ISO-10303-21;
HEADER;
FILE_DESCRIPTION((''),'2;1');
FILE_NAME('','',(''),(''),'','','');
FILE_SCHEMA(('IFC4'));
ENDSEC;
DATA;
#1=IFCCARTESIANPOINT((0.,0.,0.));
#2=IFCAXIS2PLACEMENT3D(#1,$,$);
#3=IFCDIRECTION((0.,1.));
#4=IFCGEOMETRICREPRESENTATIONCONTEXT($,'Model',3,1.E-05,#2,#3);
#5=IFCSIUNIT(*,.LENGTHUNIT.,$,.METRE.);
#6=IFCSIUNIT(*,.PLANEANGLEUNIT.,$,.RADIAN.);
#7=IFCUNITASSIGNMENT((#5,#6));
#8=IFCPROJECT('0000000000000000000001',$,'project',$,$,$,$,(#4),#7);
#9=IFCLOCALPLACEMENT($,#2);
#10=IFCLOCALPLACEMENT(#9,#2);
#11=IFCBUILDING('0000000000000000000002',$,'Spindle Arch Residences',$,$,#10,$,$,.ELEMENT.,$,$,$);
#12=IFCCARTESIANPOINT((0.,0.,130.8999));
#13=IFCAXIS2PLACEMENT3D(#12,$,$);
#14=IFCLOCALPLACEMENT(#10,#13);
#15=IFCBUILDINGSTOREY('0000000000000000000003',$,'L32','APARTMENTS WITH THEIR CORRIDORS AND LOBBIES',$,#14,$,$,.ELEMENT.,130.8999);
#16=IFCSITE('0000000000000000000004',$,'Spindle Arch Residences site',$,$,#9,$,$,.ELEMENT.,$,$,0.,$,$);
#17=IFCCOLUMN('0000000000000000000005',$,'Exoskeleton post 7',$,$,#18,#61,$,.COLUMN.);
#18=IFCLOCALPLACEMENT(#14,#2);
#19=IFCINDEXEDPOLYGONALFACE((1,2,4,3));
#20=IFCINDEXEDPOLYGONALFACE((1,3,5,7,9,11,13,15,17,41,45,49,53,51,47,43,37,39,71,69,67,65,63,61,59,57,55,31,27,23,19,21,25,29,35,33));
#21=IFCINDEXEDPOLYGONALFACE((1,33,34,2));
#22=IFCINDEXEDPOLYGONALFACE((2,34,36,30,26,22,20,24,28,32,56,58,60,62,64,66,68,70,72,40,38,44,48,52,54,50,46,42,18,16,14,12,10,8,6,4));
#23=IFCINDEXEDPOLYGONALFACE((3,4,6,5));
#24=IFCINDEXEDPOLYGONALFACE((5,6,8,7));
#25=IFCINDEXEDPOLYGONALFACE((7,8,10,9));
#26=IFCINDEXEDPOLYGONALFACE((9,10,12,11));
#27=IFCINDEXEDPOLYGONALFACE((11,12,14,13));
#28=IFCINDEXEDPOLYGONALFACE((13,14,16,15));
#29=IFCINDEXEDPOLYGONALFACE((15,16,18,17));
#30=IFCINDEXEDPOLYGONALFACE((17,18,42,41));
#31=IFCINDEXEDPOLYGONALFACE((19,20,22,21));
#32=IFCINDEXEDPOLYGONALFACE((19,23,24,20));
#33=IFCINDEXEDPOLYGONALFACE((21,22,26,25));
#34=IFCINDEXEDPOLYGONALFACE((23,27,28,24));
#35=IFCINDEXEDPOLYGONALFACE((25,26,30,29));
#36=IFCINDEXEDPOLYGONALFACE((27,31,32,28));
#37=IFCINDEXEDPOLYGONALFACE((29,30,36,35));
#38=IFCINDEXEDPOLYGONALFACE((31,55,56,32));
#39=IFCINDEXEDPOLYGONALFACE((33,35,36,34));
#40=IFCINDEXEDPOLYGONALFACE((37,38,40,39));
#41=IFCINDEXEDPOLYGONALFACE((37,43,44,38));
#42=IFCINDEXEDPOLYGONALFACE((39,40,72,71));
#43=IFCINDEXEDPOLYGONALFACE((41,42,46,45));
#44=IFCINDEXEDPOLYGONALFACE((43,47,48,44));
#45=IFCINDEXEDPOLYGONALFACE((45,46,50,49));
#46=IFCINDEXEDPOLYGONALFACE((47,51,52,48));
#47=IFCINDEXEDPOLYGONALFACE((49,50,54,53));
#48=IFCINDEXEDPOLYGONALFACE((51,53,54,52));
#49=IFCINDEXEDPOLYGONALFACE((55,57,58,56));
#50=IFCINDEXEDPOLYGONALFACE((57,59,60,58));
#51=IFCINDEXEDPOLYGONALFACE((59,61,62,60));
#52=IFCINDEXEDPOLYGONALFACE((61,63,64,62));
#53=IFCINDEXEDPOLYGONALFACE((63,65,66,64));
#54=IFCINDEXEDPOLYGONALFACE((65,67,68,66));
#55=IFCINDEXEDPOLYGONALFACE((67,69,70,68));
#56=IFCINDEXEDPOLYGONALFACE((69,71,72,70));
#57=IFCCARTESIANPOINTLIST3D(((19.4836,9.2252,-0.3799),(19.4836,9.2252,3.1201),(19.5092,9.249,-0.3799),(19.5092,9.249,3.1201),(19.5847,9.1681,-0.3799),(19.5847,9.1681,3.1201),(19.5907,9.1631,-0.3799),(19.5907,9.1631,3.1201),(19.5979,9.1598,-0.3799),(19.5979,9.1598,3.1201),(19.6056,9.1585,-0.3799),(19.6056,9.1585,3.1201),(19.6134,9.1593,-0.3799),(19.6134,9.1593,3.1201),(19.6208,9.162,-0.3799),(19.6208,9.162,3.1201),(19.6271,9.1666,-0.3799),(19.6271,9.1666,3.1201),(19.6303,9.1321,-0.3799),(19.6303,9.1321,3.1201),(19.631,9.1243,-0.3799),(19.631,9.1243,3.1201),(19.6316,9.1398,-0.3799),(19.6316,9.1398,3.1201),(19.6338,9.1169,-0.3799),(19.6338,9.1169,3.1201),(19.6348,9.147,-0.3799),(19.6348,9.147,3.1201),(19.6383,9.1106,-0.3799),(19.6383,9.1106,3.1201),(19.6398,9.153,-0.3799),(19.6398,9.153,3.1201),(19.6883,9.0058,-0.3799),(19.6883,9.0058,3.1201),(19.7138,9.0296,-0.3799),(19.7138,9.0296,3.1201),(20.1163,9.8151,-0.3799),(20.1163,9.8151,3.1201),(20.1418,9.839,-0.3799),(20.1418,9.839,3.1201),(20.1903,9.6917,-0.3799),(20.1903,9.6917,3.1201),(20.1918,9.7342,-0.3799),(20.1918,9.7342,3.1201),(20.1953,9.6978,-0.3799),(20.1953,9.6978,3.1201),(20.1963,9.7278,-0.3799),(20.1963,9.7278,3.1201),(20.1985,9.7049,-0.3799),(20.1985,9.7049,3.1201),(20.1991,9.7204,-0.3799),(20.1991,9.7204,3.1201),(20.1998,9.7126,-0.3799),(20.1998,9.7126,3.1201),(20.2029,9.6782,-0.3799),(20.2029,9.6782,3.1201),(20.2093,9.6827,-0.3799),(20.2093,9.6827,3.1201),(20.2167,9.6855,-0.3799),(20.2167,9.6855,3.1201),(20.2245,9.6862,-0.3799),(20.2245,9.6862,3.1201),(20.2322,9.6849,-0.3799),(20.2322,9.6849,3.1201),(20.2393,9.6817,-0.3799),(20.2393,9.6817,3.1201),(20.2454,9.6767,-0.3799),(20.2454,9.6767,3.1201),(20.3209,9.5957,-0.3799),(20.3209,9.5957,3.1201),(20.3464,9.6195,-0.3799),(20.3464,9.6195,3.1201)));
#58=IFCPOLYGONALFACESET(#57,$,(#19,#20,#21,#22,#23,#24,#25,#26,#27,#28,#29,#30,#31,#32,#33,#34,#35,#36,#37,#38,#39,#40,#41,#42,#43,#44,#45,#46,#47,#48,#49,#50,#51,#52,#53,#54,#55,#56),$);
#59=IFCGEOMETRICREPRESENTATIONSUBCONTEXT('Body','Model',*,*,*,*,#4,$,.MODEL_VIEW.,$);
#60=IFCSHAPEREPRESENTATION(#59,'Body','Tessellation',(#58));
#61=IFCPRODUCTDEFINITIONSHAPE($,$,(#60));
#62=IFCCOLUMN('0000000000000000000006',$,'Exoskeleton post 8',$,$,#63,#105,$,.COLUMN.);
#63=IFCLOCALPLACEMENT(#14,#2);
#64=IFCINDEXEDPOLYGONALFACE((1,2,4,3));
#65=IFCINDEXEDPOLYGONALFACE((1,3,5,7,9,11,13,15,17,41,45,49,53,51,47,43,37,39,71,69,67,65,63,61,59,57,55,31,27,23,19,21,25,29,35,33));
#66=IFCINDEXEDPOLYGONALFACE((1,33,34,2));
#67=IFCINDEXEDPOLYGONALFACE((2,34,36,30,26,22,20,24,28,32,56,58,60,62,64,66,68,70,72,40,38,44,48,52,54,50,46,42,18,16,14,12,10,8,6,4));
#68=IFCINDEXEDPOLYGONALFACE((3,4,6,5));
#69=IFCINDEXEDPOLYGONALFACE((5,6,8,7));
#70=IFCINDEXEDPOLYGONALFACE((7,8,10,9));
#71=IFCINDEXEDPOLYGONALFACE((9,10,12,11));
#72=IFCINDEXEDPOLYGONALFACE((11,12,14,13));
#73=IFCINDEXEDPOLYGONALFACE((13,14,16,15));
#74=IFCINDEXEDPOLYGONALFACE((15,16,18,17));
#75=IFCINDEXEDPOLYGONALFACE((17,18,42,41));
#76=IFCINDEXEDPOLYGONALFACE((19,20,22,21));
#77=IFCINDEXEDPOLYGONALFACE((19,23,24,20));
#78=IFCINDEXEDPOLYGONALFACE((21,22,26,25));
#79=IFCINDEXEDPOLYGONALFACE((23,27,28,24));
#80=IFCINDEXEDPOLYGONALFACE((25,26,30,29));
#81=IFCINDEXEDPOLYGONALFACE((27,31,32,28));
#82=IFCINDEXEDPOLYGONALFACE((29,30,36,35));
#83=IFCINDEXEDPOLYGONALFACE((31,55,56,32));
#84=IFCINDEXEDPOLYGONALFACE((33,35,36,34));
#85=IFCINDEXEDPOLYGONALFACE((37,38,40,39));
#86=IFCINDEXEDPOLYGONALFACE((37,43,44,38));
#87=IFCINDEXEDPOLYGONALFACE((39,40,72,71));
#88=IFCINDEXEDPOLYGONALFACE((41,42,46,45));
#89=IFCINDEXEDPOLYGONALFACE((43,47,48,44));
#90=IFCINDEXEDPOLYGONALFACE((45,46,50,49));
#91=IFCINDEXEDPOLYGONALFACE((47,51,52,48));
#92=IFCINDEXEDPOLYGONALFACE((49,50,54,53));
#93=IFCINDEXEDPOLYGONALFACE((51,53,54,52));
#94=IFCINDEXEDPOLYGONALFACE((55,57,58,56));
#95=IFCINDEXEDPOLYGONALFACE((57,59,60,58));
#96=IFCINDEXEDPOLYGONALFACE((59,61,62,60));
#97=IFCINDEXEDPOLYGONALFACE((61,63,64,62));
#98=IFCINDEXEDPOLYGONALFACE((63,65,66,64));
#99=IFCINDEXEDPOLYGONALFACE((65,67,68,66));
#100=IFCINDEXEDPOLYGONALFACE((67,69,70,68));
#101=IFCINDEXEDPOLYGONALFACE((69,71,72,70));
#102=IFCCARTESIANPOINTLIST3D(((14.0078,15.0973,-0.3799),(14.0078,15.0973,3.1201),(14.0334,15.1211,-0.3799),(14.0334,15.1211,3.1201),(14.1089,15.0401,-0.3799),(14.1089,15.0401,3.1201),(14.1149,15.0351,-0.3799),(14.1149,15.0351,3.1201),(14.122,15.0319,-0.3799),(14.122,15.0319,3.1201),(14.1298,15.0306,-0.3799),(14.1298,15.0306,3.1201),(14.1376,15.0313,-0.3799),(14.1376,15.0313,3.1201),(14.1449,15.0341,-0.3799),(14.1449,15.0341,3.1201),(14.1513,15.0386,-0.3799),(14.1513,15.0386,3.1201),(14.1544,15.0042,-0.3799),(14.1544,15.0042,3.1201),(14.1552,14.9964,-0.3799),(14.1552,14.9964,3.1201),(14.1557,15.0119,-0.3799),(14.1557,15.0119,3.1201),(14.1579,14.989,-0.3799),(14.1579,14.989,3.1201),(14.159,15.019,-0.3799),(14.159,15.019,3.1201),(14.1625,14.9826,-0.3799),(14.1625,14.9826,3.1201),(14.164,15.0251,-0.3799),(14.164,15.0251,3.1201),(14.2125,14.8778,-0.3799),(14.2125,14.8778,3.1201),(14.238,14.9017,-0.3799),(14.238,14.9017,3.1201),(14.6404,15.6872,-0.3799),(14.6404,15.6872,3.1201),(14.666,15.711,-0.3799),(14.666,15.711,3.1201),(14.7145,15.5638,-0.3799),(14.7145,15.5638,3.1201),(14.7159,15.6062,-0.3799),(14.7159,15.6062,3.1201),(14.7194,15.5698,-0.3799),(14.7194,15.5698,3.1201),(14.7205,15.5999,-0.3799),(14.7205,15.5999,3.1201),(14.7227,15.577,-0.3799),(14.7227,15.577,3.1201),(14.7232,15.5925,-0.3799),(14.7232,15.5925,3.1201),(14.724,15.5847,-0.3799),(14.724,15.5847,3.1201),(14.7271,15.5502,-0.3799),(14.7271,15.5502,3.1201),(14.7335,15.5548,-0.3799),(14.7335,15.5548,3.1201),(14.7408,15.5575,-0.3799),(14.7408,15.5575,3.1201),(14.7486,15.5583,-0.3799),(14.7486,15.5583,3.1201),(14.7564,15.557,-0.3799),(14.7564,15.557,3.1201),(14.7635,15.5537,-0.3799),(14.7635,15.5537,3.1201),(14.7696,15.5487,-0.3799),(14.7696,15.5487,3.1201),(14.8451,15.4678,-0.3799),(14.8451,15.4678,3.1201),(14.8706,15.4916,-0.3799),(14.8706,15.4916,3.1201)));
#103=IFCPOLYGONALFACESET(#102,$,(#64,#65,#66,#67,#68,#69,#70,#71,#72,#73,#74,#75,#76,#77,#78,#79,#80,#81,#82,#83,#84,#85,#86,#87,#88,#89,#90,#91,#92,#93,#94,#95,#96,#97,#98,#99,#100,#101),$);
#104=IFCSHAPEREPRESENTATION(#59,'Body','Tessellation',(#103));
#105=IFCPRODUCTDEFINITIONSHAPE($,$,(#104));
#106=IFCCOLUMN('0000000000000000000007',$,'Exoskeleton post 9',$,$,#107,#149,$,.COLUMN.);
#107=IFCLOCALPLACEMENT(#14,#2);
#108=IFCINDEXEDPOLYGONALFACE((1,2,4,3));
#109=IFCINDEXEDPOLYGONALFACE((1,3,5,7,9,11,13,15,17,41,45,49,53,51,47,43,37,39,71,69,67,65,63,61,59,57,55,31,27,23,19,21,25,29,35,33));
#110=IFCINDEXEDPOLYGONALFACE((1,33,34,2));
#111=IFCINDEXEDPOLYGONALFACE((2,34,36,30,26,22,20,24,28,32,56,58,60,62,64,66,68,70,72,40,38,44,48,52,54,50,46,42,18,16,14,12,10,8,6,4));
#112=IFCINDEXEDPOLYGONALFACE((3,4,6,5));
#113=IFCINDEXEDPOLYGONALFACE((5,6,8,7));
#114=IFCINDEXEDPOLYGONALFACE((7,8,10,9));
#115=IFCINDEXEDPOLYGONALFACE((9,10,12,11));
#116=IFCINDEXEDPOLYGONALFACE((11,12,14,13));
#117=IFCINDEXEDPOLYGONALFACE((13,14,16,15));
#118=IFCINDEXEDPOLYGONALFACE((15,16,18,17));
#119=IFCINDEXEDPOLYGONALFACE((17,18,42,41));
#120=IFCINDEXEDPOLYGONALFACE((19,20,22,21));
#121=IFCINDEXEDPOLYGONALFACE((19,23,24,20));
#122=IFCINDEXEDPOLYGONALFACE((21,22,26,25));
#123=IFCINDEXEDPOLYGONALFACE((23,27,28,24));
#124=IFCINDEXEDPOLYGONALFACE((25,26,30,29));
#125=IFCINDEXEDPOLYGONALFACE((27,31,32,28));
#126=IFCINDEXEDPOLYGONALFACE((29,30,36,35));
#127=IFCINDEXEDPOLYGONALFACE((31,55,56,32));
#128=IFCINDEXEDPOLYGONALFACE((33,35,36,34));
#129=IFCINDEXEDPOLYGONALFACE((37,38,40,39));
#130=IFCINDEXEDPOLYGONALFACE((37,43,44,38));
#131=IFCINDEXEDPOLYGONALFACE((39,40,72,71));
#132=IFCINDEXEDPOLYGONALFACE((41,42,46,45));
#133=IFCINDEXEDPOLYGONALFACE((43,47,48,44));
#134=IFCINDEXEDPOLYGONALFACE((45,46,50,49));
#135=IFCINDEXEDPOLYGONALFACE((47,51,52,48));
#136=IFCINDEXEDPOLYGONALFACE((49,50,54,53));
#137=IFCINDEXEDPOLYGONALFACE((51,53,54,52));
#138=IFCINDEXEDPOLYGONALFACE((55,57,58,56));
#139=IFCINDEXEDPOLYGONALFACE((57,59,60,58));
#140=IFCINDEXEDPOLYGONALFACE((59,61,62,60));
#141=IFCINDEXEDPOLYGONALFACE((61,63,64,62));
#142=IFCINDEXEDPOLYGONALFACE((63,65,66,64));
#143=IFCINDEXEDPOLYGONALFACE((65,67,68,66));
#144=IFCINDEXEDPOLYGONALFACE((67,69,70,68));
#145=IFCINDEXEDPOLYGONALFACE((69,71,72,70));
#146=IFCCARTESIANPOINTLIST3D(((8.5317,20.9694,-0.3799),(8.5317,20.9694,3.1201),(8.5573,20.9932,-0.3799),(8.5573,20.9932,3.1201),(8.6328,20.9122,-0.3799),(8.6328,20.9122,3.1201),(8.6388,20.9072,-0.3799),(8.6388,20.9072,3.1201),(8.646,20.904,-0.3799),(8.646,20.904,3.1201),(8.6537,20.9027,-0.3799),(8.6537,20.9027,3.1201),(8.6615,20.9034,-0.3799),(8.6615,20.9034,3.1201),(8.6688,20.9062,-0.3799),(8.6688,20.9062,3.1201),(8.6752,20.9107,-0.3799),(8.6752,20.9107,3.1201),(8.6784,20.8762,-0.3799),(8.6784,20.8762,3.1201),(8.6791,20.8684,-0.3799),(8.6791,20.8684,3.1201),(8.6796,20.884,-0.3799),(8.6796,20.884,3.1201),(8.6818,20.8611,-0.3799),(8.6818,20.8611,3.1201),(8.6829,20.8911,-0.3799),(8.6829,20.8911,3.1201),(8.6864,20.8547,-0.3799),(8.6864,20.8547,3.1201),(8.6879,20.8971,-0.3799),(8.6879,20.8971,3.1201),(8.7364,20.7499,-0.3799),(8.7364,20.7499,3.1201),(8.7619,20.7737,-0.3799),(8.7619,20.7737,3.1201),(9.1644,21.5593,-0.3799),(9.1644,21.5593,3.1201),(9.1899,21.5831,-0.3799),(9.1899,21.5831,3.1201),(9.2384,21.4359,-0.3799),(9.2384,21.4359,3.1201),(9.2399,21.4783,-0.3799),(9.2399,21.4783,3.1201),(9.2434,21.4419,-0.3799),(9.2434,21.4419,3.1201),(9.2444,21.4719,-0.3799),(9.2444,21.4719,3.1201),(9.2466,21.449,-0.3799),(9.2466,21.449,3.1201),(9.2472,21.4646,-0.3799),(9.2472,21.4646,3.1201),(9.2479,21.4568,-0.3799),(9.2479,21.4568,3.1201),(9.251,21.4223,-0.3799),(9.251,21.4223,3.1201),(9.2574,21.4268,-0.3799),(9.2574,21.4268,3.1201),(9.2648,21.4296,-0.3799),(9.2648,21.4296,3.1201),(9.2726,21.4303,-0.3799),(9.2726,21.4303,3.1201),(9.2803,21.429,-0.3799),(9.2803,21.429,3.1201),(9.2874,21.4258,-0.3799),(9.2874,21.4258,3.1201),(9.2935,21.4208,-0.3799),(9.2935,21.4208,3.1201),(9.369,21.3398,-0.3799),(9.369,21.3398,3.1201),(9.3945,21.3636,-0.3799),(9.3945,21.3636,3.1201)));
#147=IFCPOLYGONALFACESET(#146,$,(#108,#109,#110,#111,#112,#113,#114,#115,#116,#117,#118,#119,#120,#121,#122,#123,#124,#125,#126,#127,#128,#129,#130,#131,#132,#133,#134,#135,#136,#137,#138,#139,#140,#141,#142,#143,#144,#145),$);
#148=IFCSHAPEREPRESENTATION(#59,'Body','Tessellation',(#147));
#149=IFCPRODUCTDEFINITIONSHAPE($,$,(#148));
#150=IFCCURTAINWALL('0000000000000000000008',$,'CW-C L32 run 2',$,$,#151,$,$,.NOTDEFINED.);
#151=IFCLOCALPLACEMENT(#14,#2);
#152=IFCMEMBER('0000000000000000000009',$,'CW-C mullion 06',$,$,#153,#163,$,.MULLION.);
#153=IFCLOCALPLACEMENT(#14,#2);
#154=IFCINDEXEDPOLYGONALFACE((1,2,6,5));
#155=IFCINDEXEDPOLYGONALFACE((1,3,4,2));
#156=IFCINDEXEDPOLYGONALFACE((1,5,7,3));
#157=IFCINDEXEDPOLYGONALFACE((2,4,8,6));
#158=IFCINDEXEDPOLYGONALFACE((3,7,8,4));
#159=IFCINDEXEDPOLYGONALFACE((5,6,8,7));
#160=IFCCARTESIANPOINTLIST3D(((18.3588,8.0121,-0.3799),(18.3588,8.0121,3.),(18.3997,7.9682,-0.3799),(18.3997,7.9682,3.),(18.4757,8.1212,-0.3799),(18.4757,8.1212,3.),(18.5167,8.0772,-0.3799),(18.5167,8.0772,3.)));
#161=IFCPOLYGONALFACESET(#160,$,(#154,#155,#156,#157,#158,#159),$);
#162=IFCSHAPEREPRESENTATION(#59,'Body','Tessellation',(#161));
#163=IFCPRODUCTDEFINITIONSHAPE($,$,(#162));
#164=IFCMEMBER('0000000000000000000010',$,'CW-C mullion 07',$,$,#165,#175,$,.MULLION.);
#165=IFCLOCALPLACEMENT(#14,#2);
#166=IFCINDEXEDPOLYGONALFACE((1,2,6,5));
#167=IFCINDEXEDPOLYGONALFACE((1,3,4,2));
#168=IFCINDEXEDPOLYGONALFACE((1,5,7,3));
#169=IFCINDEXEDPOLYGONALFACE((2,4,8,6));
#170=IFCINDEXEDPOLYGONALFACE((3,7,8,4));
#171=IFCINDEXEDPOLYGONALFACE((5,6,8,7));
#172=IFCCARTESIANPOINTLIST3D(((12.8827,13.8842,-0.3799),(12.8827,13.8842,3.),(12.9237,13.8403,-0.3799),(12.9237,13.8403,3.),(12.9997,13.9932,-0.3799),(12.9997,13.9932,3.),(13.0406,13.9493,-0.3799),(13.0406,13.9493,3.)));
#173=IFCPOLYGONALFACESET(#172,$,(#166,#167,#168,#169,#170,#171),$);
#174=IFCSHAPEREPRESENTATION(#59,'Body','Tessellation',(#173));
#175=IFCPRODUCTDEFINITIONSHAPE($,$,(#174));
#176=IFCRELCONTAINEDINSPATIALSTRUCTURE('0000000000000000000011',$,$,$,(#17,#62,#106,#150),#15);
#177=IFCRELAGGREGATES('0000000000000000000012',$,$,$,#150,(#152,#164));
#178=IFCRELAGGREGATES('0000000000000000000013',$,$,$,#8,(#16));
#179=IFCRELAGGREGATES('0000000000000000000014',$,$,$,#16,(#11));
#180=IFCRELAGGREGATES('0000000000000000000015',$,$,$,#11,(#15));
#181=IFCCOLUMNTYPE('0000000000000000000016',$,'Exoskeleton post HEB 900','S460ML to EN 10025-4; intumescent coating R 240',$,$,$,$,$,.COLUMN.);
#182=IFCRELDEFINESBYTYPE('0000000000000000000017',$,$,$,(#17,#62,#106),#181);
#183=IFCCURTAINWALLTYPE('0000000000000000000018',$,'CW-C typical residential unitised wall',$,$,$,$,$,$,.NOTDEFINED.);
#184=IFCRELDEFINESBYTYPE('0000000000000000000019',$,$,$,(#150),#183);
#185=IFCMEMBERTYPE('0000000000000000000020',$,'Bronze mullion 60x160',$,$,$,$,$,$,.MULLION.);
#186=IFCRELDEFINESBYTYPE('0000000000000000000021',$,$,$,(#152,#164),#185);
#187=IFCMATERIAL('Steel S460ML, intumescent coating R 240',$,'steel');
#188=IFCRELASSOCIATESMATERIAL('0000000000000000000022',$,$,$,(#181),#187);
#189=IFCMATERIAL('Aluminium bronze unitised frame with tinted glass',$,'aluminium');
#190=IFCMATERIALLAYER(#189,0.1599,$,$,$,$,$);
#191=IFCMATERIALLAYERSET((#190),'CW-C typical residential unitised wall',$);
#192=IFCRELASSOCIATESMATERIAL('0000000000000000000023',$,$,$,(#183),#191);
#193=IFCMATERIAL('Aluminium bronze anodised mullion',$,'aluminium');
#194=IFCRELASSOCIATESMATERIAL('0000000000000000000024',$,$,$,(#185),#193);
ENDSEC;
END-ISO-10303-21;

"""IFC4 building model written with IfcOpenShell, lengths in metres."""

from ifc_helpers import new_model, si_unit, direction, frame, origin, origin_2d, place, context, subcontext, project, spatial, rectangle, i_section, extrude, material, layer, layer_set, material_profile, profile_set, type_object, element, aggregate, save


model = new_model("IFC4")

# Units and contexts
model_context = context("Model", 3, precision=1e-05, world=origin(), true_north=direction((0.0, 1.0)))
body_context = subcontext(model_context, "Body", "Model", "MODEL_VIEW")
ifc_project = project(units=[si_unit("LENGTHUNIT", "METRE"), si_unit("PLANEANGLEUNIT", "RADIAN")], contexts=[model_context])

# Site, building, storey
site_placement = place(None, origin())
site = spatial("IfcSite", under=ifc_project, at=site_placement, Name="Spindle Arch Residences site", CompositionType="ELEMENT", RefElevation=0.0)
building_placement = place(site_placement, origin())
building = spatial("IfcBuilding", under=site, at=building_placement, Name="Spindle Arch Residences", CompositionType="ELEMENT")
storey_placement = place(building_placement, frame((0.0, 0.0, 130.8999)))
storey = spatial("IfcBuildingStorey", under=building, at=storey_placement, Name="L32", Description="APARTMENTS WITH THEIR CORRIDORS AND LOBBIES", CompositionType="ELEMENT", Elevation=130.8999)

# Columns
ifc_material_1 = material(Name="Steel S460ML, intumescent coating R 240", Category="steel")
ifc_material_profile_1 = material_profile(ifc_material_1, i_section(OverallWidth=0.3, OverallDepth=0.8999, WebThickness=0.0186, FlangeThickness=0.0349, FilletRadius=0.03, at=origin_2d()), Name="HEB 900")
ifc_profile_set_1 = profile_set([ifc_material_profile_1], Name="Steel S460ML, intumescent coating R 240")
column_type = type_object("IfcColumnType", Name="Exoskeleton post HEB 900", Description="S460ML to EN 10025-4; intumescent coating R 240", PredefinedType="COLUMN", material=ifc_profile_set_1)
for number, where, z_axis, x_axis, name in (
    (1, (19.915, 9.4224, -0.3799), (0.0, 0.0, 1.0), (0.681998, -0.731354, 0.0), "Exoskeleton post 7"),
    (2, (14.4392, 15.2944, -0.3799), (0.0, 0.0, 1.0), (0.681998, -0.731354, 0.0), "Exoskeleton post 8"),
    (3, (8.9631, 21.1665, -0.3799), (0.0, 0.0, 1.0), (0.681998, -0.731354, 0.0), "Exoskeleton post 9"),
):
    element("IfcColumn", number, at=place(storey_placement, frame(where, z_axis=z_axis, x_axis=x_axis)), inside=storey, type_object=column_type, Name=name, PredefinedType="COLUMN", context=body_context, shape_type="SweptSolid", body=[
        extrude(i_section(OverallWidth=0.3, OverallDepth=0.8999, WebThickness=0.0186, FlangeThickness=0.0349, FilletRadius=0.03, at=origin_2d()), origin(), (0.0, 0.0, 1.0), 3.5),
    ])

# Curtain wall, members
ifc_material_2 = material(Name="Aluminium bronze unitised frame with tinted glass", Category="aluminium")
ifc_layer_1 = layer(ifc_material_2, 0.1599)
ifc_layer_set_1 = layer_set([ifc_layer_1], Name="CW-C typical residential unitised wall")
curtain_wall_type = type_object("IfcCurtainWallType", Name="CW-C typical residential unitised wall", PredefinedType="NOTDEFINED", material=ifc_layer_set_1)
curtain_wall_placement = place(storey_placement, origin())
curtain_wall = element("IfcCurtainWall", 4, at=curtain_wall_placement, inside=storey, type_object=curtain_wall_type, Name="CW-C L32 run 2", PredefinedType="NOTDEFINED")
ifc_material_3 = material(Name="Aluminium bronze anodised mullion", Category="aluminium")
ifc_material_profile_2 = material_profile(ifc_material_3, rectangle(XDim=0.1599, YDim=0.0601, at=origin_2d()), Name="MU 60x160")
ifc_profile_set_2 = profile_set([ifc_material_profile_2], Name="Aluminium bronze anodised mullion")
member_type = type_object("IfcMemberType", Name="Bronze mullion 60x160", PredefinedType="MULLION", material=ifc_profile_set_2)
member_1_placement = place(storey_placement, frame((18.4377, 8.0447, -0.3799), z_axis=(0.0, 0.0, 1.0), x_axis=(-0.731354, -0.681998, 0.0)))
member_1 = element("IfcMember", 5, at=member_1_placement, type_object=member_type, Name="CW-C mullion 06", PredefinedType="MULLION", context=body_context, shape_type="SweptSolid", body=[
    extrude(rectangle(XDim=0.1599, YDim=0.0601, at=origin_2d()), origin(), (0.0, 0.0, 1.0), 3.3799),
])
member_2_placement = place(storey_placement, frame((12.9617, 13.9167, -0.3799), z_axis=(0.0, 0.0, 1.0), x_axis=(-0.731354, -0.681998, 0.0)))
member_2 = element("IfcMember", 6, at=member_2_placement, type_object=member_type, Name="CW-C mullion 07", PredefinedType="MULLION", context=body_context, shape_type="SweptSolid", body=[
    extrude(rectangle(XDim=0.1599, YDim=0.0601, at=origin_2d()), origin(), (0.0, 0.0, 1.0), 3.3799),
])

aggregate(curtain_wall, [member_1, member_2])

save(model, "model.ifc")
